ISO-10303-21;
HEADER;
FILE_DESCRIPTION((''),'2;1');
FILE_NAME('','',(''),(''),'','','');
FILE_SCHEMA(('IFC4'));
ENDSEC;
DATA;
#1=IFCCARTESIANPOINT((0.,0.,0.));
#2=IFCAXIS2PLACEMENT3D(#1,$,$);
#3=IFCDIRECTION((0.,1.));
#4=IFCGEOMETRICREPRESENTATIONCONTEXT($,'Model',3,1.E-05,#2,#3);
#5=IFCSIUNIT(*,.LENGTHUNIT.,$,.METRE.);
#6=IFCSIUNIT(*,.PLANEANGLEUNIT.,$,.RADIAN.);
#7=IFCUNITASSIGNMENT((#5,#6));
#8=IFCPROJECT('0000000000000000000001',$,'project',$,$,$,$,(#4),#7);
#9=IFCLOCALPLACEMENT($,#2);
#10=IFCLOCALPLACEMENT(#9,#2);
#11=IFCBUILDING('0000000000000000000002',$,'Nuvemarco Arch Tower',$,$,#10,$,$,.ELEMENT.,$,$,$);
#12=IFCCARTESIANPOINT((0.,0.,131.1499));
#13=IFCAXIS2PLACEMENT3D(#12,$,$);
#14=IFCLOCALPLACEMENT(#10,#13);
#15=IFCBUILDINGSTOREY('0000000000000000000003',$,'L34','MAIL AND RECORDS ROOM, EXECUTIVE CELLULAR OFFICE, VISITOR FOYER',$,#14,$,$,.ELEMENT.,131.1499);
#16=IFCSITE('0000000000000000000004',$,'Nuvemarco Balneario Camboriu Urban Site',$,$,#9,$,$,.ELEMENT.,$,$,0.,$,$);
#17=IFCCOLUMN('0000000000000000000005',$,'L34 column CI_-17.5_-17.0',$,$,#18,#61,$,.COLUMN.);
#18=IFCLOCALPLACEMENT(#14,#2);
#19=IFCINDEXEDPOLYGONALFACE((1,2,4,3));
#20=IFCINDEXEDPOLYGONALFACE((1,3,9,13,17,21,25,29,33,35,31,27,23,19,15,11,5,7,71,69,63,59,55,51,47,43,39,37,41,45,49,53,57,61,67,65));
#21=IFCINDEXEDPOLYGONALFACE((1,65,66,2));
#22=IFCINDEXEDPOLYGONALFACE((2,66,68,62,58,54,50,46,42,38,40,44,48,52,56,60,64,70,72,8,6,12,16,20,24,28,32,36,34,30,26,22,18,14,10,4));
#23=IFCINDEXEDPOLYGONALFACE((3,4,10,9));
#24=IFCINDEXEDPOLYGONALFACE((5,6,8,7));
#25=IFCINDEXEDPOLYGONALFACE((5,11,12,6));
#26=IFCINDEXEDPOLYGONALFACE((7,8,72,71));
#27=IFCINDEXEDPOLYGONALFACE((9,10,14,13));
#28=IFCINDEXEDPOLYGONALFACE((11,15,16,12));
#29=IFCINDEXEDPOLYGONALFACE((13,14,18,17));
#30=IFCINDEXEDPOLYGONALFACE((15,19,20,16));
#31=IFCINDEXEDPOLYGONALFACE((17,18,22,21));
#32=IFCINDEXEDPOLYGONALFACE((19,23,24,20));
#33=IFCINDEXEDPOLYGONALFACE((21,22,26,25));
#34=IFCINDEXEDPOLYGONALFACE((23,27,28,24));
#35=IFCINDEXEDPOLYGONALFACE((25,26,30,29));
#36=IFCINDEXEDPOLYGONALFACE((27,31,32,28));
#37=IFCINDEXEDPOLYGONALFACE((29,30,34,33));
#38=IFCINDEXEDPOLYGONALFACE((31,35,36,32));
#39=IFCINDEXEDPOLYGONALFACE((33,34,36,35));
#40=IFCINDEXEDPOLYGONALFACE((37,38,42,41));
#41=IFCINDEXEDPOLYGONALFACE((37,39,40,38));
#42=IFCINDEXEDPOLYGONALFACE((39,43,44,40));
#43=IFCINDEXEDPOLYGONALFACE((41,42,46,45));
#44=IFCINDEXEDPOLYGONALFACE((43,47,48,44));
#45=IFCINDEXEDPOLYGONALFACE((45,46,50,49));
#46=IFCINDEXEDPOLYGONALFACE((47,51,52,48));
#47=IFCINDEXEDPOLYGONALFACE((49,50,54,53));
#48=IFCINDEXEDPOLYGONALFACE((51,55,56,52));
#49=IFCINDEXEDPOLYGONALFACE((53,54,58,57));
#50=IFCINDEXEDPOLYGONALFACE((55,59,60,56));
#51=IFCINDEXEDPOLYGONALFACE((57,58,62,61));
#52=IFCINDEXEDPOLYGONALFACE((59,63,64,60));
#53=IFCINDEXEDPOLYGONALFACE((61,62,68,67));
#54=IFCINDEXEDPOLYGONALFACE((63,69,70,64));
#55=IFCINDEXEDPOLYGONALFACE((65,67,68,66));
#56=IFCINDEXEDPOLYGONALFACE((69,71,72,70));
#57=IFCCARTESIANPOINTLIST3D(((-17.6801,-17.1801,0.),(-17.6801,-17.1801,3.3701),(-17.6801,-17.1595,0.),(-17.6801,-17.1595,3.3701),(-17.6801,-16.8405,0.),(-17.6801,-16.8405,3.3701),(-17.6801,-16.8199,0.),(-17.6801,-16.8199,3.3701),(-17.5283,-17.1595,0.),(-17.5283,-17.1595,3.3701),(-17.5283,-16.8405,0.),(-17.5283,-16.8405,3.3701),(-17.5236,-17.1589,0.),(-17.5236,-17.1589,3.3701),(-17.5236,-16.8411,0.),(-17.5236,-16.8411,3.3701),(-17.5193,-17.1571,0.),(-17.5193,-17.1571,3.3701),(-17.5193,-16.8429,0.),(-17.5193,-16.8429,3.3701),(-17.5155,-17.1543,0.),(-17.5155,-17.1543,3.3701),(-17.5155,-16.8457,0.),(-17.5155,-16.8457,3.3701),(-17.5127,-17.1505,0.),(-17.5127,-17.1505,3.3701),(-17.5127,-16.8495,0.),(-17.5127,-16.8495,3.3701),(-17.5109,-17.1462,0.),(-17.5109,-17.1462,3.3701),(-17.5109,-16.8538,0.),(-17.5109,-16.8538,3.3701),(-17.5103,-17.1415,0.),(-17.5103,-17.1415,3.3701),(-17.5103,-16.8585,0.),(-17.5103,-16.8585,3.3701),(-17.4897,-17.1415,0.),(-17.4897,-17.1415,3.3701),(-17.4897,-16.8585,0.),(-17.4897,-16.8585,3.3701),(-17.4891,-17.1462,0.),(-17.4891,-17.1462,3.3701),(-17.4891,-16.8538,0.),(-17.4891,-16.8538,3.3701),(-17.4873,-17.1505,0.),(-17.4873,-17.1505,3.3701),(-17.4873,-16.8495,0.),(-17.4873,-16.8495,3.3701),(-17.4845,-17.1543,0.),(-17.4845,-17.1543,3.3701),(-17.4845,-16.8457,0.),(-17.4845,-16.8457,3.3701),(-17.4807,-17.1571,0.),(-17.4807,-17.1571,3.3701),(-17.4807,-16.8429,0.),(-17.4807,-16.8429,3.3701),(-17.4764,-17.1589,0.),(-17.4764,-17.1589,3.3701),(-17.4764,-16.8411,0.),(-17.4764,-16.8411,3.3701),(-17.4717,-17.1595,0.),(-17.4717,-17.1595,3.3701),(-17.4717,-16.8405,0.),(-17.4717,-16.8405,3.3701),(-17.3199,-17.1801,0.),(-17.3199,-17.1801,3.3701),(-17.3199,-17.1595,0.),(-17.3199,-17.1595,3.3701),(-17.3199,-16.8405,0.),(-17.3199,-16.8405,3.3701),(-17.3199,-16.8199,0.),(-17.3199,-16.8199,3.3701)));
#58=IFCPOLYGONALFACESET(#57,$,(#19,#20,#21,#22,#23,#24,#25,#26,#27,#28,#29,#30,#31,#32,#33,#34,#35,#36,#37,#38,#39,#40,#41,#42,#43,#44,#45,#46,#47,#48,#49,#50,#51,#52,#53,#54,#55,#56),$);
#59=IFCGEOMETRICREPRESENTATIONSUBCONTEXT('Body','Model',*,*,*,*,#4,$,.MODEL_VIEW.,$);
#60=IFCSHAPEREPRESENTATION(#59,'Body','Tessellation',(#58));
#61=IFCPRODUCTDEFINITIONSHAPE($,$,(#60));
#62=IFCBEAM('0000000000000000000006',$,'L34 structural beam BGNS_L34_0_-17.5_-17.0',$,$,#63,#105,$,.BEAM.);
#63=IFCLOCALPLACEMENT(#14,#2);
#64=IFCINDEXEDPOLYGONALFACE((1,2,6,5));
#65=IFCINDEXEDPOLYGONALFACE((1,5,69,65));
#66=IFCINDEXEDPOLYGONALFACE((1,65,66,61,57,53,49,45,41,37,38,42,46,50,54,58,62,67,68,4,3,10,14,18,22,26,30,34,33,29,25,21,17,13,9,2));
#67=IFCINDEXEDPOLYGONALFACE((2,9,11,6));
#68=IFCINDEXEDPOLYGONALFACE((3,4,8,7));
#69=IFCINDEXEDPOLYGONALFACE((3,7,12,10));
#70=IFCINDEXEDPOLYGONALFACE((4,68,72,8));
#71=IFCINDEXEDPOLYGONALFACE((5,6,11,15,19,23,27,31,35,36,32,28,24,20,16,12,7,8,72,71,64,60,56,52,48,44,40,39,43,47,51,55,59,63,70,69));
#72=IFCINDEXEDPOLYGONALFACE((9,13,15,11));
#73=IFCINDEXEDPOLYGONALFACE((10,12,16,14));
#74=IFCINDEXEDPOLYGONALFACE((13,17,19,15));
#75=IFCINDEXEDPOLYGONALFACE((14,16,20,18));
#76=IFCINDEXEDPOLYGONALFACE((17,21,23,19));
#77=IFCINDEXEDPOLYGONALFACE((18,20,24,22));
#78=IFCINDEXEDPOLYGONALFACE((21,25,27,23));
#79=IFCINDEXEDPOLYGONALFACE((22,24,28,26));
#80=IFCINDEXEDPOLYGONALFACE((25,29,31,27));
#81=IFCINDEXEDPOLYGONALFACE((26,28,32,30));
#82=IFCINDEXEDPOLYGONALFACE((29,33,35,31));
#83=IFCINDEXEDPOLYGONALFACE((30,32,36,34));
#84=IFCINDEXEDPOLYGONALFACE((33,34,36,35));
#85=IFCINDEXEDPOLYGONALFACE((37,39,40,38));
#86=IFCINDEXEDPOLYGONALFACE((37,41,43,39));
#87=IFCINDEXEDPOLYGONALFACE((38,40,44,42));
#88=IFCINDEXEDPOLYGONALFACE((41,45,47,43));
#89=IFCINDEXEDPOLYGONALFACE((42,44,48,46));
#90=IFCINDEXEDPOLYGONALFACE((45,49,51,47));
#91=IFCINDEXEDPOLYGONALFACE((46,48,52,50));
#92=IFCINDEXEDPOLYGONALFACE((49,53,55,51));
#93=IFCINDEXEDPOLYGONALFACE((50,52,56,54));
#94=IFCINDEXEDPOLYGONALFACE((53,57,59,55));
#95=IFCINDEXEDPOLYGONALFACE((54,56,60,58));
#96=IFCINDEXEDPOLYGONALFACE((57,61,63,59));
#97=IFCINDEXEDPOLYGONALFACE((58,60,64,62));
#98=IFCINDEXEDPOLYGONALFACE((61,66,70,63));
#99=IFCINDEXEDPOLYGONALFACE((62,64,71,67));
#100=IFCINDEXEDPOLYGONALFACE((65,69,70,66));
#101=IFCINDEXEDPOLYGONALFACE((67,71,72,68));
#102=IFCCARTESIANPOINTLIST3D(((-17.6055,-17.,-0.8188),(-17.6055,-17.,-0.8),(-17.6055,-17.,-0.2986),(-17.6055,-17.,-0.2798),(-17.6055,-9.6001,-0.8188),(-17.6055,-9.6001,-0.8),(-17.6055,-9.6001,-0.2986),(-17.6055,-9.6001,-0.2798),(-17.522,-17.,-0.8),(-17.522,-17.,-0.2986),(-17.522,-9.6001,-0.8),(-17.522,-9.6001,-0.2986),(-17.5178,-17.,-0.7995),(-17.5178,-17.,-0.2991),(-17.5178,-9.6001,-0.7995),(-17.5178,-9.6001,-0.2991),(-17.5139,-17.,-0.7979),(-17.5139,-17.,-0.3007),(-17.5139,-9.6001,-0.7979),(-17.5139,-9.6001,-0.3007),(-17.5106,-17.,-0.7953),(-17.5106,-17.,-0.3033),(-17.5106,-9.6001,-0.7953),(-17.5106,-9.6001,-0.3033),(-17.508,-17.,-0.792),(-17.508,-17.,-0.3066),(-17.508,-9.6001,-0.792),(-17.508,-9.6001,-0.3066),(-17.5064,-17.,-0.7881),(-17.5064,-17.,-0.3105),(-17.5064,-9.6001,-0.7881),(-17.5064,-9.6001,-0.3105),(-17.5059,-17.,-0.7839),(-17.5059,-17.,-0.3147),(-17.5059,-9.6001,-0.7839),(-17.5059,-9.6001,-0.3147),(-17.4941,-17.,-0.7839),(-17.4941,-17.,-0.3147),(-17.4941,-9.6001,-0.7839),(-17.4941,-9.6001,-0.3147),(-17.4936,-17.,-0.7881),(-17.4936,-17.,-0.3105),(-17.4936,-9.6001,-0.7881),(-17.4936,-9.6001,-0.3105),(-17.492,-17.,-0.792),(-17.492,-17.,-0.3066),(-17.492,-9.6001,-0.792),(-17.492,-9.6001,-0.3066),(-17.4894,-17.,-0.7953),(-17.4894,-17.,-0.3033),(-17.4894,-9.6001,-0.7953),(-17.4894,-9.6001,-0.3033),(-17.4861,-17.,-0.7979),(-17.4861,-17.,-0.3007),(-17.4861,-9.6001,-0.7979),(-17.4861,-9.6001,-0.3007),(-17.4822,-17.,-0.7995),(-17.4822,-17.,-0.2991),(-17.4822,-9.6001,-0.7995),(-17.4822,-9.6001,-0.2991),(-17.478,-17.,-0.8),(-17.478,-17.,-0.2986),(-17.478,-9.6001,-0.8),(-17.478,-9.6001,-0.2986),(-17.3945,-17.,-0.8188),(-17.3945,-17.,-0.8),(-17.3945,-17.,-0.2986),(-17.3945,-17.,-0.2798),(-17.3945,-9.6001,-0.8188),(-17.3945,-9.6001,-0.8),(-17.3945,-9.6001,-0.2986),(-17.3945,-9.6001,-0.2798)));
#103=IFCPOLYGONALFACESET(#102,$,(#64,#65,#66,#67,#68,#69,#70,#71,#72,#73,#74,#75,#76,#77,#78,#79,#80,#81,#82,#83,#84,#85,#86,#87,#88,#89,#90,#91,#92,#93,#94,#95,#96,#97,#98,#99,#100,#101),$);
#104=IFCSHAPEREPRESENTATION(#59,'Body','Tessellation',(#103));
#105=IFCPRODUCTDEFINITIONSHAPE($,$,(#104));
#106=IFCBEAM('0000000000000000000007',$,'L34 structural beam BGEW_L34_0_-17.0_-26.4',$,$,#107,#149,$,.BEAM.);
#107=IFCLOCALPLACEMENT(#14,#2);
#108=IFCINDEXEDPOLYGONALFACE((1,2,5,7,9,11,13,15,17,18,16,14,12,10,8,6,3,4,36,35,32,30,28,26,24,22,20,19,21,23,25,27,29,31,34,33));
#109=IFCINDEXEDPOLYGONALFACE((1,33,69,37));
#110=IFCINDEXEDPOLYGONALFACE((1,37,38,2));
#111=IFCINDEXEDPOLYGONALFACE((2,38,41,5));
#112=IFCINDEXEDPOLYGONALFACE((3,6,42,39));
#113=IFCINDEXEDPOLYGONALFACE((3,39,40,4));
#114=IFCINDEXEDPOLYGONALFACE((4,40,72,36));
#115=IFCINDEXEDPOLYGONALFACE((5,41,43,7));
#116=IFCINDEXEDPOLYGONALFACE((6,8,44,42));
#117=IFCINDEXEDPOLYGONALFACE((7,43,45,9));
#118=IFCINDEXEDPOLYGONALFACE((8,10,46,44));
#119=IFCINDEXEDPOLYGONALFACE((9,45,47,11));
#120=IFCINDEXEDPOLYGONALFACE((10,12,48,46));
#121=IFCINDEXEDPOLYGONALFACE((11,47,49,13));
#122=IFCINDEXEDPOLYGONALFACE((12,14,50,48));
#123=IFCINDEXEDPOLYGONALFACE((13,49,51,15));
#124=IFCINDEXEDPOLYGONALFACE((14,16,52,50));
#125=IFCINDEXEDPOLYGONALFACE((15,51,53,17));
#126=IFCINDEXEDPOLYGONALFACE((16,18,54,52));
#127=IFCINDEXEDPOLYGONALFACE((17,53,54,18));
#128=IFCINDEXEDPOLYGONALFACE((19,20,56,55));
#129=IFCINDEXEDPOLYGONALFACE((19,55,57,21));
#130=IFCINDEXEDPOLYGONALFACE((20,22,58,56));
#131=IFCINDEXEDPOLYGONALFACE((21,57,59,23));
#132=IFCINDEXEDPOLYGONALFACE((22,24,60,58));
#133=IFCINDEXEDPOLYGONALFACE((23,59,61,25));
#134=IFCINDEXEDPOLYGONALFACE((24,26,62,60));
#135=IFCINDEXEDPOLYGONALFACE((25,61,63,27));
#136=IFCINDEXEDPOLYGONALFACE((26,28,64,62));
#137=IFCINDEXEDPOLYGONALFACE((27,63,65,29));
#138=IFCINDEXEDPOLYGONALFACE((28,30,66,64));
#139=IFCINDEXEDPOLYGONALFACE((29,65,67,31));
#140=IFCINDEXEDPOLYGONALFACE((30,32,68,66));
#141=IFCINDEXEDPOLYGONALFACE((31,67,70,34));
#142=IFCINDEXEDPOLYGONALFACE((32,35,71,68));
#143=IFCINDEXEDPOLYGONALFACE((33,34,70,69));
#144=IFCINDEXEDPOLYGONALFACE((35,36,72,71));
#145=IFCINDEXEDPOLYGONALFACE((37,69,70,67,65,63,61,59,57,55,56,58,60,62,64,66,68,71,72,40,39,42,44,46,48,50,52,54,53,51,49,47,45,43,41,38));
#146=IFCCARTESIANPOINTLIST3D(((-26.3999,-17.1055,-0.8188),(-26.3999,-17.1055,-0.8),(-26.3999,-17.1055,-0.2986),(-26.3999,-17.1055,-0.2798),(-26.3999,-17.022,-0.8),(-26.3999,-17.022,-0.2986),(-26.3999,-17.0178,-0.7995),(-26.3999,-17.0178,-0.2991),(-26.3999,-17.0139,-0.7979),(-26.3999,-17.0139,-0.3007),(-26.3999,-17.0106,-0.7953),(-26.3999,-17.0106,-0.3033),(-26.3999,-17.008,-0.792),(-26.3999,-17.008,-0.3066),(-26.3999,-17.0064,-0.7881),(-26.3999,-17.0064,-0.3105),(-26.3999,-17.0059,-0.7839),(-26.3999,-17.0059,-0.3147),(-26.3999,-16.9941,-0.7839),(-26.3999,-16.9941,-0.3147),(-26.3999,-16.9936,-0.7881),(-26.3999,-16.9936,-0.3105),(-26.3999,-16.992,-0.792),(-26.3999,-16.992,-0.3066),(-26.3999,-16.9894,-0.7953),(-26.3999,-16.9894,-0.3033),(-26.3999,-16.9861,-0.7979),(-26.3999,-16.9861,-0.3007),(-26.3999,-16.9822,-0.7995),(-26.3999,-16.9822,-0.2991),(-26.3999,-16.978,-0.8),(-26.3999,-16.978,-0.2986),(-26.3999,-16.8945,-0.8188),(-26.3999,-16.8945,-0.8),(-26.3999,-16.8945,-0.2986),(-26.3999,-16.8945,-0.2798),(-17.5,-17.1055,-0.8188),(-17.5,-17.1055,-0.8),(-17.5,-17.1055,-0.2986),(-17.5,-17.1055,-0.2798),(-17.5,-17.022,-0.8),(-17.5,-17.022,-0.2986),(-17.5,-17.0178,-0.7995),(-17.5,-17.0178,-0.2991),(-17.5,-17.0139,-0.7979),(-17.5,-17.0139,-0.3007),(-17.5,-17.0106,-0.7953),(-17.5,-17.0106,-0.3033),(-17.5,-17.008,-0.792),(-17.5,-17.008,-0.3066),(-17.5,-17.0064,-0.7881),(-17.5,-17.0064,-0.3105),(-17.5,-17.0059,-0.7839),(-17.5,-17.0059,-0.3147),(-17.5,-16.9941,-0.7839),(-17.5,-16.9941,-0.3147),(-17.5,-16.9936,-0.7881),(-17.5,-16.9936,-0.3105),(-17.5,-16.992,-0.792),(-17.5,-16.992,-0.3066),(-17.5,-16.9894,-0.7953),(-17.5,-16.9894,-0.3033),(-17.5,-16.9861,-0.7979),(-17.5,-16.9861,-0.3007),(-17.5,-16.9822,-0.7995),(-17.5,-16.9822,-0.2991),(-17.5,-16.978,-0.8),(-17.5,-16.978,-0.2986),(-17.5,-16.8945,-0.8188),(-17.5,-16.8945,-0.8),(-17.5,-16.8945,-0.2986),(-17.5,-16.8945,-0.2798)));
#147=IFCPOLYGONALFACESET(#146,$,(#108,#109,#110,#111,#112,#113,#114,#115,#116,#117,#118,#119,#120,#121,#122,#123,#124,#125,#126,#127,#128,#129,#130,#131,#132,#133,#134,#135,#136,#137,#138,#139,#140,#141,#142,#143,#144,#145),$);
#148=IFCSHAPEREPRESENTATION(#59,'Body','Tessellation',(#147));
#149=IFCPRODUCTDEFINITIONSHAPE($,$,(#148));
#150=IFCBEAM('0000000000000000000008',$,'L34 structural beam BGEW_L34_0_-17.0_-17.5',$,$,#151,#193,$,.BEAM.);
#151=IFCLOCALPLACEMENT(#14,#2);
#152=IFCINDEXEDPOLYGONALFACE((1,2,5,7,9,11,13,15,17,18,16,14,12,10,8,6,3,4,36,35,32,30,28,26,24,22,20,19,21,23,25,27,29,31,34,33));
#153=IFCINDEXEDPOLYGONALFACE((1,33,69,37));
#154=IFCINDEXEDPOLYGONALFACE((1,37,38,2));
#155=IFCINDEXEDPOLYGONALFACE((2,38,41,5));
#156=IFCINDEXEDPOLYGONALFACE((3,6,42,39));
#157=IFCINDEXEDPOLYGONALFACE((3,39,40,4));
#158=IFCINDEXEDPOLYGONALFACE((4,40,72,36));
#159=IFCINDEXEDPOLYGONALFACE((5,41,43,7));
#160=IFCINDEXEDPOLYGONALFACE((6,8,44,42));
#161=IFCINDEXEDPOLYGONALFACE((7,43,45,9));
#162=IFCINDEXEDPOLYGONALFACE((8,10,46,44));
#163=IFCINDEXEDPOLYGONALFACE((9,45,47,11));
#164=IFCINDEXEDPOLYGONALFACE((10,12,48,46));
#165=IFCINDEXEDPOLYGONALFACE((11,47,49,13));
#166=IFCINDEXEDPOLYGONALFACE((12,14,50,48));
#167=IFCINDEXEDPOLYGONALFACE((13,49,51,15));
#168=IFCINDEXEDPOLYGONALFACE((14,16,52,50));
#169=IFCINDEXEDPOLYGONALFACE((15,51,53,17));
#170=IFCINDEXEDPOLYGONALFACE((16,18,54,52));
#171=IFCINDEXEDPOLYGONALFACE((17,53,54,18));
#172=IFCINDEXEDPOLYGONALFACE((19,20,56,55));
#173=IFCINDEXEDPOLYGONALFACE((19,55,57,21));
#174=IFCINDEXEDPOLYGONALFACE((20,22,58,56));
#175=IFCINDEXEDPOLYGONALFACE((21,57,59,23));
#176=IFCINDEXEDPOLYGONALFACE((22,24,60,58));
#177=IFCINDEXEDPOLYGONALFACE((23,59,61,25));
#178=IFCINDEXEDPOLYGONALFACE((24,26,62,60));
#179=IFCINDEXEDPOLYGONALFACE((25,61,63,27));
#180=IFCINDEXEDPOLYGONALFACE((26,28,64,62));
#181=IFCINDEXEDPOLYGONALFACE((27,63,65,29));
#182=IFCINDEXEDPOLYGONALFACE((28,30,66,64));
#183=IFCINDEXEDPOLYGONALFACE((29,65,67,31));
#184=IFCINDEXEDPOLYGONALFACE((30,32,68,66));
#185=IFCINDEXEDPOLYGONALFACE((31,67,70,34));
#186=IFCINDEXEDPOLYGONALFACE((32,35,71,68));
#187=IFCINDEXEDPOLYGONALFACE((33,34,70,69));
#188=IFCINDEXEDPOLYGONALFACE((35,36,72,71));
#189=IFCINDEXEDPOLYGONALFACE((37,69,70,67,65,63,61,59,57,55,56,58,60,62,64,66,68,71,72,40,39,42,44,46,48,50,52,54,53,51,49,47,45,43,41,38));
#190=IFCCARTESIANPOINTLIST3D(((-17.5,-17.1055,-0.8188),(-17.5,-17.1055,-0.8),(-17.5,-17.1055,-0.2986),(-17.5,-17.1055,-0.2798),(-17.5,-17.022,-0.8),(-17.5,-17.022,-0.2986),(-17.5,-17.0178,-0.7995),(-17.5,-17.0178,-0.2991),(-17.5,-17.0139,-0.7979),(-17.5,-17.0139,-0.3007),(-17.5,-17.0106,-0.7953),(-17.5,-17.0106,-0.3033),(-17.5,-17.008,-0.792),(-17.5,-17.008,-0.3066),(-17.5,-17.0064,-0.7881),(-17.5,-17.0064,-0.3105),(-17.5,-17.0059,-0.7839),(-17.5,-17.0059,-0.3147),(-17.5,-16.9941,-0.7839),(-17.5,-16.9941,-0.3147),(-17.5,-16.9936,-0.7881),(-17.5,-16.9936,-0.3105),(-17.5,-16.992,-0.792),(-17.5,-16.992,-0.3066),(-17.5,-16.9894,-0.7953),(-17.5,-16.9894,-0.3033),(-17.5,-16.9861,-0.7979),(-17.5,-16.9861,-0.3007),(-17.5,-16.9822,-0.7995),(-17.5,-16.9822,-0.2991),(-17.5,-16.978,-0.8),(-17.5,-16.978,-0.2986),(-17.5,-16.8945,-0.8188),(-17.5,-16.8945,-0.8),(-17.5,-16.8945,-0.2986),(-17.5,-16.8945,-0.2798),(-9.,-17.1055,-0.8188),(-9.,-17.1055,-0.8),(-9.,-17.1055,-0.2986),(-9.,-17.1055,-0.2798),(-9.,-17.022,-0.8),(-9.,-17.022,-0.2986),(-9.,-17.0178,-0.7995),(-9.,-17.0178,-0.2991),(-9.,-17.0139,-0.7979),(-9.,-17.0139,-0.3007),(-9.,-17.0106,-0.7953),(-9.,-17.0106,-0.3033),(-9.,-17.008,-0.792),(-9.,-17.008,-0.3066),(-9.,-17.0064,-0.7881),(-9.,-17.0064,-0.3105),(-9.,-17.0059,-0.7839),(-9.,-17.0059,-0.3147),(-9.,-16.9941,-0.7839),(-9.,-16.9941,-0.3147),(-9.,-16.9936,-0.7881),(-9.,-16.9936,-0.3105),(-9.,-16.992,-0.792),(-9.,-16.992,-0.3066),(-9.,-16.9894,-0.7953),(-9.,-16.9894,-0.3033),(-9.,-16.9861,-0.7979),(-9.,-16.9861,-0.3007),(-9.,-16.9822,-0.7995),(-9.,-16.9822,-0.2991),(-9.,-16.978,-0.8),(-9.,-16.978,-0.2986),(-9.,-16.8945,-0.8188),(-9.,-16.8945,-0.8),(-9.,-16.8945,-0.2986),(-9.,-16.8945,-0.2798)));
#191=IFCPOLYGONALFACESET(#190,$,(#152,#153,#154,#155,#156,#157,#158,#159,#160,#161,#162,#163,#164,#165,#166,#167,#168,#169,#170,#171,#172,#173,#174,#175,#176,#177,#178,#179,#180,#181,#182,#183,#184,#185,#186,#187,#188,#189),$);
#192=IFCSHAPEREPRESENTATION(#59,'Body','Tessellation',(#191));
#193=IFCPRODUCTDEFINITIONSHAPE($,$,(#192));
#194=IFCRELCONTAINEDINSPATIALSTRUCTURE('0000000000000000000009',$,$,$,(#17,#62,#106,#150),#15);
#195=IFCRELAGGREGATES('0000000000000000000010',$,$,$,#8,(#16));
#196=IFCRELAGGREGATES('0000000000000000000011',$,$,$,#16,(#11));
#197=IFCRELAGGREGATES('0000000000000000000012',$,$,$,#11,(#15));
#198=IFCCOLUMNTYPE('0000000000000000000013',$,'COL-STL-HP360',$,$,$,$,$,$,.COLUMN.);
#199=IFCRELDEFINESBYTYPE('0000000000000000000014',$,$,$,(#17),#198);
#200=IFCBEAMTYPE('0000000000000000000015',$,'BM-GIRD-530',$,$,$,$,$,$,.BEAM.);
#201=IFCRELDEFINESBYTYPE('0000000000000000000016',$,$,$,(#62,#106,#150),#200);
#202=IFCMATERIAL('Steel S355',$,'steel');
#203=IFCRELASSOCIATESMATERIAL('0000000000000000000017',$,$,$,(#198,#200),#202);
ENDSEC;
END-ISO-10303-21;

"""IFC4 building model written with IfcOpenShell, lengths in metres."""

from ifc_helpers import new_model, si_unit, direction, frame, origin, origin_2d, place, context, subcontext, project, spatial, i_section, extrude, material, material_profile, profile_set, type_object, element, save


model = new_model("IFC4")

# Units and contexts
model_context = context("Model", 3, precision=1e-05, world=origin(), true_north=direction((0.0, 1.0)))
body_context = subcontext(model_context, "Body", "Model", "MODEL_VIEW")
ifc_project = project(units=[si_unit("LENGTHUNIT", "METRE"), si_unit("PLANEANGLEUNIT", "RADIAN")], contexts=[model_context])

# Site, building, storey
site_placement = place(None, origin())
site = spatial("IfcSite", under=ifc_project, at=site_placement, Name="Nuvemarco Balneario Camboriu Urban Site", CompositionType="ELEMENT", RefElevation=0.0)
building_placement = place(site_placement, origin())
building = spatial("IfcBuilding", under=site, at=building_placement, Name="Nuvemarco Arch Tower", CompositionType="ELEMENT")
storey_placement = place(building_placement, frame((0.0, 0.0, 131.1499)))
storey = spatial("IfcBuildingStorey", under=building, at=storey_placement, Name="L34", Description="MAIL AND RECORDS ROOM, EXECUTIVE CELLULAR OFFICE, VISITOR FOYER", CompositionType="ELEMENT", Elevation=131.1499)

# Column
ifc_material_1 = material(Name="Steel S355", Category="steel")
ifc_material_profile_1 = material_profile(ifc_material_1, i_section(OverallWidth=0.3601, OverallDepth=0.3601, WebThickness=0.0205, FlangeThickness=0.0205, FilletRadius=0.0181, at=origin_2d()), Name="HP360x174")
ifc_profile_set_1 = profile_set([ifc_material_profile_1], Name="Steel S355")
column_type = type_object("IfcColumnType", Name="COL-STL-HP360", PredefinedType="COLUMN", material=ifc_profile_set_1)
column_placement = place(storey_placement, frame((-17.5, -17.0, 0.0), z_axis=(0.0, 0.0, 1.0), x_axis=(1.0, 0.0, 0.0)))
element("IfcColumn", 1, at=column_placement, inside=storey, type_object=column_type, Name="L34 column CI_-17.5_-17.0", PredefinedType="COLUMN", context=body_context, shape_type="SweptSolid", body=[
    extrude(i_section(OverallWidth=0.3601, OverallDepth=0.3601, WebThickness=0.0205, FlangeThickness=0.0205, FilletRadius=0.0181, at=origin_2d()), origin(), (0.0, 0.0, 1.0), 3.3701),
])

# Beams
ifc_material_profile_2 = material_profile(ifc_material_1, i_section(OverallWidth=0.2109, OverallDepth=0.5391, WebThickness=0.0117, FlangeThickness=0.0188, FilletRadius=0.0161, at=origin_2d()), Name="W530x109")
ifc_profile_set_2 = profile_set([ifc_material_profile_2], Name="Steel S355")
beam_type_1 = type_object("IfcBeamType", Name="BM-GIRD-530", PredefinedType="BEAM", material=ifc_profile_set_2)
beam_1_placement = place(storey_placement, frame((-17.5, -17.0, -0.5493), z_axis=(0.0, 1.0, 0.0), x_axis=(-1.0, 0.0, 0.0)))
element("IfcBeam", 2, at=beam_1_placement, inside=storey, type_object=beam_type_1, Name="L34 structural beam BGNS_L34_0_-17.5_-17.0", PredefinedType="BEAM", context=body_context, shape_type="SweptSolid", body=[
    extrude(i_section(OverallWidth=0.2109, OverallDepth=0.5391, WebThickness=0.0117, FlangeThickness=0.0188, FilletRadius=0.0161, at=origin_2d()), origin(), (0.0, 0.0, 1.0), 7.3999),
])
beam_2_placement = place(storey_placement, frame((-26.3999, -17.0, -0.5493), z_axis=(1.0, 0.0, 0.0), x_axis=(0.0, 1.0, 0.0)))
element("IfcBeam", 3, at=beam_2_placement, inside=storey, type_object=beam_type_1, Name="L34 structural beam BGEW_L34_0_-17.0_-26.4", PredefinedType="BEAM", context=body_context, shape_type="SweptSolid", body=[
    extrude(i_section(OverallWidth=0.2109, OverallDepth=0.5391, WebThickness=0.0117, FlangeThickness=0.0188, FilletRadius=0.0161, at=origin_2d()), origin(), (0.0, 0.0, 1.0), 8.8999),
])
beam_3_placement = place(storey_placement, frame((-17.5, -17.0, -0.5493), z_axis=(1.0, 0.0, 0.0), x_axis=(0.0, 1.0, 0.0)))
element("IfcBeam", 4, at=beam_3_placement, inside=storey, type_object=beam_type_1, Name="L34 structural beam BGEW_L34_0_-17.0_-17.5", PredefinedType="BEAM", context=body_context, shape_type="SweptSolid", body=[
    extrude(i_section(OverallWidth=0.2109, OverallDepth=0.5391, WebThickness=0.0117, FlangeThickness=0.0188, FilletRadius=0.0161, at=origin_2d()), origin(), (0.0, 0.0, 1.0), 8.5),
])

save(model, "model.ifc")
